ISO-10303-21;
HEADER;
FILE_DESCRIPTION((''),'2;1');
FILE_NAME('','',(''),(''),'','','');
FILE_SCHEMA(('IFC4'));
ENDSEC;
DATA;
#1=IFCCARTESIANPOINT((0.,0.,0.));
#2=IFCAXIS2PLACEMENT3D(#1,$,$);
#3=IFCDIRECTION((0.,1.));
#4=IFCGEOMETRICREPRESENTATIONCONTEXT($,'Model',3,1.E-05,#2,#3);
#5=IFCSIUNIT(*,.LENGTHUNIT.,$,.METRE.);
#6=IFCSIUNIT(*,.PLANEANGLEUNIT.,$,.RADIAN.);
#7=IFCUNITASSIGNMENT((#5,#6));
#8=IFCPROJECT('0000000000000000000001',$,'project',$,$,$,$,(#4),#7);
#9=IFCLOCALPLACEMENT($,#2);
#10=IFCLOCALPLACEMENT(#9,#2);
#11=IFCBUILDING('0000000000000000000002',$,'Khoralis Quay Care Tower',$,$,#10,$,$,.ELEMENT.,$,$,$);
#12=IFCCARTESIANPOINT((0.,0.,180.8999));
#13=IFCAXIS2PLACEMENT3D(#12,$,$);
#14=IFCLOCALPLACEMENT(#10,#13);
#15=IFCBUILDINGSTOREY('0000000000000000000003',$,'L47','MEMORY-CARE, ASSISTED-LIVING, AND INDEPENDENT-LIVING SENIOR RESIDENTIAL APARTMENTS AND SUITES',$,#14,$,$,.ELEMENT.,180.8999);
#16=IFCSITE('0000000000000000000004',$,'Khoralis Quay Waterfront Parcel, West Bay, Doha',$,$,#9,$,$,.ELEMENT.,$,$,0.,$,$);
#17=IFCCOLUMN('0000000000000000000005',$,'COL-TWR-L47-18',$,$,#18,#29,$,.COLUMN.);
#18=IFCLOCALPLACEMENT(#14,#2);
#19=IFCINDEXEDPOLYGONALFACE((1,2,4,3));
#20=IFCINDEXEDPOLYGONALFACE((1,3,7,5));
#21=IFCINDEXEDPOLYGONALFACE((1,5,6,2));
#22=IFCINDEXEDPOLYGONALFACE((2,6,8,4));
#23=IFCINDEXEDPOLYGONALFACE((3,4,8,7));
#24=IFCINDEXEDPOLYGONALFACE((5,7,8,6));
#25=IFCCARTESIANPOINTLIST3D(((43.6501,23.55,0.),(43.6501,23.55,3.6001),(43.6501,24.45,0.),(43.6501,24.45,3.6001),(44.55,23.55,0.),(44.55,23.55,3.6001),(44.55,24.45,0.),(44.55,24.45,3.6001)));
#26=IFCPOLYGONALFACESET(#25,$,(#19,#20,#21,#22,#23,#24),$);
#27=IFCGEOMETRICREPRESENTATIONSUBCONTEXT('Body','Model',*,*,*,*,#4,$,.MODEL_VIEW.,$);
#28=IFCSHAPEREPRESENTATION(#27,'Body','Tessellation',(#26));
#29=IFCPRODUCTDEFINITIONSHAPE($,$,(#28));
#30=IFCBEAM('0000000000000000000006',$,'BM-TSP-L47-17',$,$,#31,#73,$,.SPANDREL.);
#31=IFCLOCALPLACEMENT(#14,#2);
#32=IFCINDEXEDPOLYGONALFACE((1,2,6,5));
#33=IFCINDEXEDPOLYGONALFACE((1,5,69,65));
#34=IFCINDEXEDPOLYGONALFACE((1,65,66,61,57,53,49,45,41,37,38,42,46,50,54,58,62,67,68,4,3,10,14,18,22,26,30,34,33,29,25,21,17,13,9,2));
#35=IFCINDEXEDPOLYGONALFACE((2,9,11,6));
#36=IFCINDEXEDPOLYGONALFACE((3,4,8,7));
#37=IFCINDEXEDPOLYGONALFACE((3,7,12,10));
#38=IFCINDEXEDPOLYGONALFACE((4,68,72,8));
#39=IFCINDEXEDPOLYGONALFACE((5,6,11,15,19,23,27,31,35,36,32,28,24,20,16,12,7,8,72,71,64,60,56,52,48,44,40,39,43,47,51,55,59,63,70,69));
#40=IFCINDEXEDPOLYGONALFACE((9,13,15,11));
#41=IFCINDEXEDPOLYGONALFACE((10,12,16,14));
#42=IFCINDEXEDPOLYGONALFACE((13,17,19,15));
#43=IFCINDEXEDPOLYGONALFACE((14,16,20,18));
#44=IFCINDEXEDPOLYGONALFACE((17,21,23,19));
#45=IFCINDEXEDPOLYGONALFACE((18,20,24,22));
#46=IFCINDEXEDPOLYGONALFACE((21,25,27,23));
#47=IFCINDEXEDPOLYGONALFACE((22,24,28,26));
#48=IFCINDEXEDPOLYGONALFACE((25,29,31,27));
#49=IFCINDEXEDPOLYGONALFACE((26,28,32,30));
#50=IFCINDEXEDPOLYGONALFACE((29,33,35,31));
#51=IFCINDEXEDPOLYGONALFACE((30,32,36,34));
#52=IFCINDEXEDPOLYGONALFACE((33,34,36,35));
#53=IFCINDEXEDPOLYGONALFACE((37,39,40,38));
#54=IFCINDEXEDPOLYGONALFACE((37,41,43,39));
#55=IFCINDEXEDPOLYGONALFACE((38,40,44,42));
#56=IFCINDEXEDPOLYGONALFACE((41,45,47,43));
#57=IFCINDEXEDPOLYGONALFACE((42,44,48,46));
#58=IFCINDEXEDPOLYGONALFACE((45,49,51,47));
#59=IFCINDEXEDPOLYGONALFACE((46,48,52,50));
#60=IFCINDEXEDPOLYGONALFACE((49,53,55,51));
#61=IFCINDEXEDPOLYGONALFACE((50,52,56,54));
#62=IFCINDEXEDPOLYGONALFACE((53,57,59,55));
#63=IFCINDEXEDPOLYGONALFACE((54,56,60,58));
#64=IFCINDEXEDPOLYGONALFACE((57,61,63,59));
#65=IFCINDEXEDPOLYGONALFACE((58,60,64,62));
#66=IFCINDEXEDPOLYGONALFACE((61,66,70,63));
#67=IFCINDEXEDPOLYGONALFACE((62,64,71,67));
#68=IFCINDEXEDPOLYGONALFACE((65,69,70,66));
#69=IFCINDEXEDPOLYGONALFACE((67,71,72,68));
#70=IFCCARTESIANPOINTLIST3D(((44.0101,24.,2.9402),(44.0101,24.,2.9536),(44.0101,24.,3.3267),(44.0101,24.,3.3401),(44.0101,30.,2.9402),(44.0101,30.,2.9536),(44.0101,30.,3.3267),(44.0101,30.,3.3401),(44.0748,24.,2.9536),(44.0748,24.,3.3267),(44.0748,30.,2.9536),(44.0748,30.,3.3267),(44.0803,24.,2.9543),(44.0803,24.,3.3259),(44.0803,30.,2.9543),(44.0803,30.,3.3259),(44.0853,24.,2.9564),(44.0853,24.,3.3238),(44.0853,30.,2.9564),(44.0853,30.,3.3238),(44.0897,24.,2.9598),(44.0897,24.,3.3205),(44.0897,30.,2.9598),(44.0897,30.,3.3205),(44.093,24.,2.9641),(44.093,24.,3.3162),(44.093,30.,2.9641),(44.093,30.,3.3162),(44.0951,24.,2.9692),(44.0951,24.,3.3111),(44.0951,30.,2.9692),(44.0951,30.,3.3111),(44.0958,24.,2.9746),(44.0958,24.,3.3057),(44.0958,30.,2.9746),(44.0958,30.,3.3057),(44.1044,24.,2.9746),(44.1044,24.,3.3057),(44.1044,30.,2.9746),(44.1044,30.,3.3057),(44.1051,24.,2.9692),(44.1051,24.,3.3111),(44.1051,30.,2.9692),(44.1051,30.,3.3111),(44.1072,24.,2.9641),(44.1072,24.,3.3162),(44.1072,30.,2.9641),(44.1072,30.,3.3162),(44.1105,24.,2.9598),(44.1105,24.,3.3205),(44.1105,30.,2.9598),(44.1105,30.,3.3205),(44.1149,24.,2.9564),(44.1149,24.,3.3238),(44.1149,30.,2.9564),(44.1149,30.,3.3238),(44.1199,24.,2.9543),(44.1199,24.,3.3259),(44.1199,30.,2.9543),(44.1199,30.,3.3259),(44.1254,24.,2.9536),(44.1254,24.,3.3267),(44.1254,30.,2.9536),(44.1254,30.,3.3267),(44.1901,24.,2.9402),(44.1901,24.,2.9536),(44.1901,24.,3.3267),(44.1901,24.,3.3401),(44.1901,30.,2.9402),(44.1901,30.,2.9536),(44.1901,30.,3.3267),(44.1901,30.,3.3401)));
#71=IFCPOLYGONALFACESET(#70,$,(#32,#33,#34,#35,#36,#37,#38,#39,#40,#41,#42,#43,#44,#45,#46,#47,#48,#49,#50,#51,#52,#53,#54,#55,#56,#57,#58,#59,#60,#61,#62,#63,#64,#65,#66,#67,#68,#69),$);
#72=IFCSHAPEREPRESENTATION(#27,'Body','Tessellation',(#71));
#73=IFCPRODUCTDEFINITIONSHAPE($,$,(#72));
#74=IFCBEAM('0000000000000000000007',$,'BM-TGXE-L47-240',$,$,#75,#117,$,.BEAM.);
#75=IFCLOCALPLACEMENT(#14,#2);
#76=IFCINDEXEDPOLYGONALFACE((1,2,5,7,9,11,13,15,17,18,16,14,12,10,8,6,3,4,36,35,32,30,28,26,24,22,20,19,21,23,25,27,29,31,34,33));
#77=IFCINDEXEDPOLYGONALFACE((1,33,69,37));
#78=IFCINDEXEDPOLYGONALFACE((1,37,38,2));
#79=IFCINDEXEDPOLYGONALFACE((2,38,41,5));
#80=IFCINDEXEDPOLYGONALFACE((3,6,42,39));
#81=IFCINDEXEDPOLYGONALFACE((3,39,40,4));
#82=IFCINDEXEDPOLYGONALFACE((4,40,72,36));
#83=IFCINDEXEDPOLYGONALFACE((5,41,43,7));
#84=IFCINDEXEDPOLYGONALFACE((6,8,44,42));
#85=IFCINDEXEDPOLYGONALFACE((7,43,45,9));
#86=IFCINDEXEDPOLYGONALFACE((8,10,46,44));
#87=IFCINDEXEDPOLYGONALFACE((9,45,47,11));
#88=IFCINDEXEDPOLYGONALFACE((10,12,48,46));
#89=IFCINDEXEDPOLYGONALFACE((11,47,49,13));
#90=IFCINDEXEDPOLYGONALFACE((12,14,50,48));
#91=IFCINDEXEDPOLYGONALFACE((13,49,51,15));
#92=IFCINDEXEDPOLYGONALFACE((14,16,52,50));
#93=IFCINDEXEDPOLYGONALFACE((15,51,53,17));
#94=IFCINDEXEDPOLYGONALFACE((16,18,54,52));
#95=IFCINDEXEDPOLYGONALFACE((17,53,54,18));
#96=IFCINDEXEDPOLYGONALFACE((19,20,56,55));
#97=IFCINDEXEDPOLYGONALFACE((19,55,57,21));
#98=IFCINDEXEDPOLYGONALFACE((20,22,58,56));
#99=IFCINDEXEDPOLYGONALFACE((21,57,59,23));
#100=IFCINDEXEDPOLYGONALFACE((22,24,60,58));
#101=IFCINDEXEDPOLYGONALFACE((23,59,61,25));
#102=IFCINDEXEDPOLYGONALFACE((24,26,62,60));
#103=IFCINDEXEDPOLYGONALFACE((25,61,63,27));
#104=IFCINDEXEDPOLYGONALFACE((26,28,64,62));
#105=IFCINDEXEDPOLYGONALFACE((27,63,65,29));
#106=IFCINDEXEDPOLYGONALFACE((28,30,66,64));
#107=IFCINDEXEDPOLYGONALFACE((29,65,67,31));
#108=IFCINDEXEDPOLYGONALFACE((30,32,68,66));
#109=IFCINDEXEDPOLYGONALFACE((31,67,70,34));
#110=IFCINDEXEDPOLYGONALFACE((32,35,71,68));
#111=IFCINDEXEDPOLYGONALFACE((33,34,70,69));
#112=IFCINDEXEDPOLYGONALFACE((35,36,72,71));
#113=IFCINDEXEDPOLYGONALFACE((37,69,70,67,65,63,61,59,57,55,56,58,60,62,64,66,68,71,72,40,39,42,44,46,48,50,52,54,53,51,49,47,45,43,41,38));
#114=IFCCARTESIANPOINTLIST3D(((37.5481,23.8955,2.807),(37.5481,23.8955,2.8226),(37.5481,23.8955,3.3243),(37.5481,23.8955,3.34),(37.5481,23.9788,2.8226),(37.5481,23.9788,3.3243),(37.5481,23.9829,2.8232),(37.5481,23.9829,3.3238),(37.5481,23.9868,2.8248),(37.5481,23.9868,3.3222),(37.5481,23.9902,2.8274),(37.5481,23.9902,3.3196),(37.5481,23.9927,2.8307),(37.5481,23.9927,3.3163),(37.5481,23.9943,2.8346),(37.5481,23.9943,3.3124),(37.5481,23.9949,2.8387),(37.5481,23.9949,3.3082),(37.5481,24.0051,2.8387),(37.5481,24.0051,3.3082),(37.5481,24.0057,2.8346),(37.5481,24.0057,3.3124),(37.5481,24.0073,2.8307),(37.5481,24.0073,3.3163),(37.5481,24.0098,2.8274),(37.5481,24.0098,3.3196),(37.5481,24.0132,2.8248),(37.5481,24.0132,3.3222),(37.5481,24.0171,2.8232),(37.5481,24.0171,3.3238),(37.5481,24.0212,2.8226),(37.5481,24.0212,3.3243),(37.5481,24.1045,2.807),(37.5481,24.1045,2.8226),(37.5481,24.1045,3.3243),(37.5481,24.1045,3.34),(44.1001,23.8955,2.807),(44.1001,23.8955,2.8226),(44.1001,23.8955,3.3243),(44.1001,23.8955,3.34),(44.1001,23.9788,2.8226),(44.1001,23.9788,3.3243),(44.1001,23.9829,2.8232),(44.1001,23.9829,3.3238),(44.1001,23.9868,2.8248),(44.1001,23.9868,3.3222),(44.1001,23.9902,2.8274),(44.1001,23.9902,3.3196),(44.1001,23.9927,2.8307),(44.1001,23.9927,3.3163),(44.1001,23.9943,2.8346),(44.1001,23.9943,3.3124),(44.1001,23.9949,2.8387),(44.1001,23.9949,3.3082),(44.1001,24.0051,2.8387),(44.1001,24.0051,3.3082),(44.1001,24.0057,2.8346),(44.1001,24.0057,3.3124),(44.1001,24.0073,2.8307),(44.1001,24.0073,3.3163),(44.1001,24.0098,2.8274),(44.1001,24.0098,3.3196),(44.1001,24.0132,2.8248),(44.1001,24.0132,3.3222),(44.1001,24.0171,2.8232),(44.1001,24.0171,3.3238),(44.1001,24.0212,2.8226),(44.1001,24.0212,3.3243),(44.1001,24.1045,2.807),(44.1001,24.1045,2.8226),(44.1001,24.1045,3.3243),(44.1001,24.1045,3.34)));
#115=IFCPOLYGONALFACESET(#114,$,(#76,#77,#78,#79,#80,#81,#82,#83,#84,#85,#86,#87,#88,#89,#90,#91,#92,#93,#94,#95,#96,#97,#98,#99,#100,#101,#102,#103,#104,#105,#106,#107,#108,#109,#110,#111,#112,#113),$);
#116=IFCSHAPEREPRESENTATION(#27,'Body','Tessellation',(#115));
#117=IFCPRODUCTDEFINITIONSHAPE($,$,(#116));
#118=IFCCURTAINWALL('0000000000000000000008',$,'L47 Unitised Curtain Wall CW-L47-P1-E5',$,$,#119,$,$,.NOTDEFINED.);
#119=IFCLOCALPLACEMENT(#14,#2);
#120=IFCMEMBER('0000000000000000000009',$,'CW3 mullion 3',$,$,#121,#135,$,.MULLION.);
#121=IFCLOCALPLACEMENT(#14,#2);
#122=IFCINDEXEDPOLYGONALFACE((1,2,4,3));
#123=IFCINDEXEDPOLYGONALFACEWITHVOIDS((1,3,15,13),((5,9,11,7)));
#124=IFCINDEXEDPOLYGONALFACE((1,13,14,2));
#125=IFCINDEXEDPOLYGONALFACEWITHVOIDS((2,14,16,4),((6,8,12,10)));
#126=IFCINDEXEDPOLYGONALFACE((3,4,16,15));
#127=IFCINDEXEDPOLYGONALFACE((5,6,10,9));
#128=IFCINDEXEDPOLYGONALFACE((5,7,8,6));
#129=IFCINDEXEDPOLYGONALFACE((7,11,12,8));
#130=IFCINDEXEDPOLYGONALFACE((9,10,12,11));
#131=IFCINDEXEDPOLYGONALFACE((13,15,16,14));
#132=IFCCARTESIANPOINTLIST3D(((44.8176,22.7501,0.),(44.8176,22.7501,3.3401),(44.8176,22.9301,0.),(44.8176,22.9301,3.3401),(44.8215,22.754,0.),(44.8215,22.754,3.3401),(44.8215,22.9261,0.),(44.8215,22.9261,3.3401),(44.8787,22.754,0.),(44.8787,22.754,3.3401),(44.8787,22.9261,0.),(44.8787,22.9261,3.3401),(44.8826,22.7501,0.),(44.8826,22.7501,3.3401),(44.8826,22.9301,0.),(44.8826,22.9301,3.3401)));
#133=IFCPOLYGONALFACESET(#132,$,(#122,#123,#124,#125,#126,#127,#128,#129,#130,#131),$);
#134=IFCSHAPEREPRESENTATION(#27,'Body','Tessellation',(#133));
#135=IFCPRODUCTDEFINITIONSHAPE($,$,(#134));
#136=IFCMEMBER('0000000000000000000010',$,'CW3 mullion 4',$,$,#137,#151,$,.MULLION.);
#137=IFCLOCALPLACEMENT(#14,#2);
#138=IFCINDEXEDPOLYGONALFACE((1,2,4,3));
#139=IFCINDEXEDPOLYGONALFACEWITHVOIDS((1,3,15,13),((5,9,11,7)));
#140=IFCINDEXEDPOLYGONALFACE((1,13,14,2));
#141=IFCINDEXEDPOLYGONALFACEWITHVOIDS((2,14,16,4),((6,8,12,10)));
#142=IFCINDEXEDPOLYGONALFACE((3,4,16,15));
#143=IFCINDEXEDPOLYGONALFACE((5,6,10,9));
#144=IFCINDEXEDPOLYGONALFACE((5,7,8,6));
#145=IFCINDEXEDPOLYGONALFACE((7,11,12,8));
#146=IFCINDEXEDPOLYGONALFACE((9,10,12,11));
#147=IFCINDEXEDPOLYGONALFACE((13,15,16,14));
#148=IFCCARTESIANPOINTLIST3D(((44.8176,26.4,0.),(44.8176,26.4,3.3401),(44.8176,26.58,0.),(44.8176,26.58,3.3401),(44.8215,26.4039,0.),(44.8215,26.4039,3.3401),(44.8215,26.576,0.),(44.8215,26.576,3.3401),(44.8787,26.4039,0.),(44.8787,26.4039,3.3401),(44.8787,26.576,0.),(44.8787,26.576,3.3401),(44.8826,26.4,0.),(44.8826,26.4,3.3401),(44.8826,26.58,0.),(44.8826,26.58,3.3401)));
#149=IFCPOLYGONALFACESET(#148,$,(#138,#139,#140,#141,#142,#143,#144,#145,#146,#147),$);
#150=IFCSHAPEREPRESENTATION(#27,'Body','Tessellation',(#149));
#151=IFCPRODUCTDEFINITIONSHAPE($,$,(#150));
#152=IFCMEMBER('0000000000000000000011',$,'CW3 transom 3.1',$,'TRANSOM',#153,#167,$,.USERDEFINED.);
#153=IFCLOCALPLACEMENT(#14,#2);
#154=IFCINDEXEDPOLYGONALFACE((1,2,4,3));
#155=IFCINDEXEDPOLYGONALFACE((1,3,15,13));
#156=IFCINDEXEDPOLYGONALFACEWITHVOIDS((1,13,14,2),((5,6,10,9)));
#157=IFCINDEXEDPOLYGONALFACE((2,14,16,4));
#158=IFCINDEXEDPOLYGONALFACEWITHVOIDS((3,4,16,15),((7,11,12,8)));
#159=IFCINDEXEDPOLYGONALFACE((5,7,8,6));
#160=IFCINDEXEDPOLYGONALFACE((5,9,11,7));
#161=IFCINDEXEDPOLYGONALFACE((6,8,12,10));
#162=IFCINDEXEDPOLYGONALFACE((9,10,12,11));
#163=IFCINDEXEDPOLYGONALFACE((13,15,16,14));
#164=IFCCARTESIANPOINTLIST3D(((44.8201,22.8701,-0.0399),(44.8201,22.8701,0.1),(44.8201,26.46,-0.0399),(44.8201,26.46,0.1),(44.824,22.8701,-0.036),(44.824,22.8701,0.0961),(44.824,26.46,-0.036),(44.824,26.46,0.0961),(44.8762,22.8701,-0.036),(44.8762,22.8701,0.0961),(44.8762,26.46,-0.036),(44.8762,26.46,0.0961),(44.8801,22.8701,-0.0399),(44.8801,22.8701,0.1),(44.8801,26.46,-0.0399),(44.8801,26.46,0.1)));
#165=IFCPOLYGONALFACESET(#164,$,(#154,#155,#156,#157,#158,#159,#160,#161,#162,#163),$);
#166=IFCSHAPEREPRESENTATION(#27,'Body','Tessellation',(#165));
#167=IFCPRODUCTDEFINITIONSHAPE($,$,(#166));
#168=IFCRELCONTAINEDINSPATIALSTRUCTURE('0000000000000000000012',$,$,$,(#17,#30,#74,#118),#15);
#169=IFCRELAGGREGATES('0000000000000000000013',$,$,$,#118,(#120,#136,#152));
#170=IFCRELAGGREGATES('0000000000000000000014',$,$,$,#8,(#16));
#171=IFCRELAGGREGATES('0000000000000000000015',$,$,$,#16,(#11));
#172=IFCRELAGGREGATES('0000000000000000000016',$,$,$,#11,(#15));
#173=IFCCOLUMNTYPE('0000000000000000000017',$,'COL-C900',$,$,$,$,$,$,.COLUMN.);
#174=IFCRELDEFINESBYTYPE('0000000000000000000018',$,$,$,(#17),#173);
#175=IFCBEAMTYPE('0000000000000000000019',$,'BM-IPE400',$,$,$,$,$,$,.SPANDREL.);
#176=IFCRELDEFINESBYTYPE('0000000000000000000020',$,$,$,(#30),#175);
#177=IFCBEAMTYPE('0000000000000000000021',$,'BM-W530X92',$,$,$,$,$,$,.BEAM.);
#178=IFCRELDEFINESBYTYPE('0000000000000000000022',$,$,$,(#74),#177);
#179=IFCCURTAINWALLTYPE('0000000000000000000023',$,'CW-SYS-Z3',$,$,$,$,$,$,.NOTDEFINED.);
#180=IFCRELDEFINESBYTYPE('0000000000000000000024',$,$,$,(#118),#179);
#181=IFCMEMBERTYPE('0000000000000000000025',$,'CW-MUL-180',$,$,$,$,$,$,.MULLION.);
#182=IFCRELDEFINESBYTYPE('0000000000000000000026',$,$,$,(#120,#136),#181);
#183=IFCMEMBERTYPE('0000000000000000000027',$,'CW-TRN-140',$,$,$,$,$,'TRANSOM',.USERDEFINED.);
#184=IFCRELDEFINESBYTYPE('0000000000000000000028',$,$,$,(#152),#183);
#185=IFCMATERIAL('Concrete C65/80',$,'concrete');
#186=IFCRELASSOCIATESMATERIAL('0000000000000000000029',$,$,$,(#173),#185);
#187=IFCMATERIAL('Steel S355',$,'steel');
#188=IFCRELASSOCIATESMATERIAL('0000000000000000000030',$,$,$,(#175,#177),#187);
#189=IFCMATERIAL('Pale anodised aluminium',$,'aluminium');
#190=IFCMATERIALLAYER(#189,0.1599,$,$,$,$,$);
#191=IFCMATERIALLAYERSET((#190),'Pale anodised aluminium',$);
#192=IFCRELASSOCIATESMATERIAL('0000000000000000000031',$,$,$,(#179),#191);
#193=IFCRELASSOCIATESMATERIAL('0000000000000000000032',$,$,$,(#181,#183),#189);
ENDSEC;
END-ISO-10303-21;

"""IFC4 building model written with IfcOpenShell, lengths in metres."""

from ifc_helpers import new_model, si_unit, direction, frame, origin, origin_2d, place, context, subcontext, project, spatial, rectangle, hollow_rectangle, i_section, extrude, source, transform, mapped, material, layer, layer_set, material_profile, profile_set, type_object, element, aggregate, save


model = new_model("IFC4")

# Units and contexts
model_context = context("Model", 3, precision=1e-05, world=origin(), true_north=direction((0.0, 1.0)))
body_context = subcontext(model_context, "Body", "Model", "MODEL_VIEW")
ifc_project = project(units=[si_unit("LENGTHUNIT", "METRE"), si_unit("PLANEANGLEUNIT", "RADIAN")], contexts=[model_context])

# Site, building, storey
site_placement = place(None, origin())
site = spatial("IfcSite", under=ifc_project, at=site_placement, Name="Khoralis Quay Waterfront Parcel, West Bay, Doha", CompositionType="ELEMENT", RefElevation=0.0)
building_placement = place(site_placement, origin())
building = spatial("IfcBuilding", under=site, at=building_placement, Name="Khoralis Quay Care Tower", CompositionType="ELEMENT")
storey_placement = place(building_placement, frame((0.0, 0.0, 180.8999)))
storey = spatial("IfcBuildingStorey", under=building, at=storey_placement, Name="L47", Description="MEMORY-CARE, ASSISTED-LIVING, AND INDEPENDENT-LIVING SENIOR RESIDENTIAL APARTMENTS AND SUITES", CompositionType="ELEMENT", Elevation=180.8999)

# Column
ifc_material_1 = material(Name="Concrete C65/80", Category="concrete")
ifc_material_profile_1 = material_profile(ifc_material_1, rectangle(XDim=0.8999, YDim=0.8999, at=origin_2d()), Name="Concrete C65/80")
ifc_profile_set_1 = profile_set([ifc_material_profile_1], Name="Concrete C65/80")
column_type = type_object("IfcColumnType", Name="COL-C900", PredefinedType="COLUMN", material=ifc_profile_set_1)
shared_shape_1 = source(origin(), body_context, "Body", "SweptSolid", [
    extrude(rectangle(XDim=0.8999, YDim=0.8999, at=origin_2d()), origin(), (0.0, 0.0, 1.0), 3.6001),
])
column_placement = place(storey_placement, frame((44.1001, 24.0, 0.0), z_axis=(0.0, 0.0, 1.0), x_axis=(1.0, 0.0, 0.0)))
element("IfcColumn", 1, at=column_placement, inside=storey, type_object=column_type, Name="COL-TWR-L47-18", PredefinedType="COLUMN", context=body_context, shape_type="MappedRepresentation", body=[
    mapped(shared_shape_1, transform((0.0, 0.0, 0.0), scale=1.0)),
])

# Beams
ifc_material_2 = material(Name="Steel S355", Category="steel")
ifc_material_profile_2 = material_profile(ifc_material_2, i_section(OverallWidth=0.1799, OverallDepth=0.3999, WebThickness=0.0085, FlangeThickness=0.0134, FilletRadius=0.021, at=origin_2d()), Name="Steel S355")
ifc_profile_set_2 = profile_set([ifc_material_profile_2], Name="Steel S355")
beam_type_1 = type_object("IfcBeamType", Name="BM-IPE400", PredefinedType="SPANDREL", material=ifc_profile_set_2)
shared_shape_2 = source(origin(), body_context, "Body", "SweptSolid", [
    extrude(i_section(OverallWidth=0.1799, OverallDepth=0.3999, WebThickness=0.0085, FlangeThickness=0.0134, FilletRadius=0.021, at=origin_2d()), origin(), (0.0, 0.0, 1.0), 6.0),
])
beam_1_placement = place(storey_placement, frame((44.1001, 24.0, 3.1401), z_axis=(0.0, 1.0, 0.0), x_axis=(-1.0, 0.0, 0.0)))
element("IfcBeam", 2, at=beam_1_placement, inside=storey, type_object=beam_type_1, Name="BM-TSP-L47-17", PredefinedType="SPANDREL", context=body_context, shape_type="MappedRepresentation", body=[
    mapped(shared_shape_2, transform((0.0, 0.0, 0.0), scale=1.0)),
])
ifc_material_profile_3 = material_profile(ifc_material_2, i_section(OverallWidth=0.209, OverallDepth=0.533, WebThickness=0.0103, FlangeThickness=0.0156, FilletRadius=0.0161, at=origin_2d()), Name="Steel S355")
ifc_profile_set_3 = profile_set([ifc_material_profile_3], Name="Steel S355")
beam_type_2 = type_object("IfcBeamType", Name="BM-W530X92", PredefinedType="BEAM", material=ifc_profile_set_3)
shared_shape_3 = source(origin(), body_context, "Body", "SweptSolid", [
    extrude(i_section(OverallWidth=0.209, OverallDepth=0.533, WebThickness=0.0103, FlangeThickness=0.0156, FilletRadius=0.0161, at=origin_2d()), origin(), (0.0, 0.0, 1.0), 6.552),
])
beam_2_placement = place(storey_placement, frame((37.5481, 24.0, 3.0735), z_axis=(1.0, 0.0, 0.0), x_axis=(0.0, 1.0, 0.0)))
element("IfcBeam", 3, at=beam_2_placement, inside=storey, type_object=beam_type_2, Name="BM-TGXE-L47-240", PredefinedType="BEAM", context=body_context, shape_type="MappedRepresentation", body=[
    mapped(shared_shape_3, transform((0.0, 0.0, 0.0), scale=1.0)),
])

# Curtain wall, members
ifc_material_3 = material(Name="Pale anodised aluminium", Category="aluminium")
ifc_layer_1 = layer(ifc_material_3, 0.1599)
ifc_layer_set_1 = layer_set([ifc_layer_1], Name="Pale anodised aluminium")
curtain_wall_type = type_object("IfcCurtainWallType", Name="CW-SYS-Z3", PredefinedType="NOTDEFINED", material=ifc_layer_set_1)
curtain_wall_placement = place(storey_placement, origin())
curtain_wall = element("IfcCurtainWall", 4, at=curtain_wall_placement, inside=storey, type_object=curtain_wall_type, Name="L47 Unitised Curtain Wall CW-L47-P1-E5", PredefinedType="NOTDEFINED")
ifc_material_profile_4 = material_profile(ifc_material_3, hollow_rectangle(XDim=0.0649, YDim=0.1799, WallThickness=0.0039, at=origin_2d()), Name="Pale anodised aluminium")
ifc_profile_set_4 = profile_set([ifc_material_profile_4], Name="Pale anodised aluminium")
member_type_1 = type_object("IfcMemberType", Name="CW-MUL-180", PredefinedType="MULLION", material=ifc_profile_set_4)
shared_shape_4 = source(origin(), body_context, "Body", "SweptSolid", [
    extrude(hollow_rectangle(XDim=0.0649, YDim=0.1799, WallThickness=0.0039, at=origin_2d()), origin(), (0.0, 0.0, 1.0), 3.3401),
])
member_1_placement = place(storey_placement, frame((44.8501, 22.8401, 0.0), z_axis=(0.0, 0.0, 1.0), x_axis=(-1.0, 0.0, 0.0)))
member_1 = element("IfcMember", 5, at=member_1_placement, type_object=member_type_1, Name="CW3 mullion 3", PredefinedType="MULLION", context=body_context, shape_type="MappedRepresentation", body=[
    mapped(shared_shape_4, transform((0.0, 0.0, 0.0), scale=1.0)),
])
member_2_placement = place(storey_placement, frame((44.8501, 26.49, 0.0), z_axis=(0.0, 0.0, 1.0), x_axis=(-1.0, 0.0, 0.0)))
member_2 = element("IfcMember", 6, at=member_2_placement, type_object=member_type_1, Name="CW3 mullion 4", PredefinedType="MULLION", context=body_context, shape_type="MappedRepresentation", body=[
    mapped(shared_shape_4, transform((0.0, 0.0, 0.0), scale=1.0)),
])
ifc_material_profile_5 = material_profile(ifc_material_3, hollow_rectangle(XDim=0.0601, YDim=0.1399, WallThickness=0.0039, at=origin_2d()), Name="Pale anodised aluminium")
ifc_profile_set_5 = profile_set([ifc_material_profile_5], Name="Pale anodised aluminium")
member_type_2 = type_object("IfcMemberType", Name="CW-TRN-140", ElementType="TRANSOM", PredefinedType="USERDEFINED", material=ifc_profile_set_5)
shared_shape_5 = source(origin(), body_context, "Body", "SweptSolid", [
    extrude(hollow_rectangle(XDim=0.0601, YDim=0.1399, WallThickness=0.0039, at=origin_2d()), origin(), (0.0, 0.0, 1.0), 3.5898),
])
member_3_placement = place(storey_placement, frame((44.8501, 22.8701, 0.03), z_axis=(0.0, 1.0, 0.0), x_axis=(-1.0, 0.0, 0.0)))
member_3 = element("IfcMember", 7, at=member_3_placement, type_object=member_type_2, Name="CW3 transom 3.1", ObjectType="TRANSOM", PredefinedType="USERDEFINED", context=body_context, shape_type="MappedRepresentation", body=[
    mapped(shared_shape_5, transform((0.0, 0.0, 0.0), scale=1.0)),
])
aggregate(curtain_wall, [member_1, member_2, member_3])

save(model, "model.ifc")
